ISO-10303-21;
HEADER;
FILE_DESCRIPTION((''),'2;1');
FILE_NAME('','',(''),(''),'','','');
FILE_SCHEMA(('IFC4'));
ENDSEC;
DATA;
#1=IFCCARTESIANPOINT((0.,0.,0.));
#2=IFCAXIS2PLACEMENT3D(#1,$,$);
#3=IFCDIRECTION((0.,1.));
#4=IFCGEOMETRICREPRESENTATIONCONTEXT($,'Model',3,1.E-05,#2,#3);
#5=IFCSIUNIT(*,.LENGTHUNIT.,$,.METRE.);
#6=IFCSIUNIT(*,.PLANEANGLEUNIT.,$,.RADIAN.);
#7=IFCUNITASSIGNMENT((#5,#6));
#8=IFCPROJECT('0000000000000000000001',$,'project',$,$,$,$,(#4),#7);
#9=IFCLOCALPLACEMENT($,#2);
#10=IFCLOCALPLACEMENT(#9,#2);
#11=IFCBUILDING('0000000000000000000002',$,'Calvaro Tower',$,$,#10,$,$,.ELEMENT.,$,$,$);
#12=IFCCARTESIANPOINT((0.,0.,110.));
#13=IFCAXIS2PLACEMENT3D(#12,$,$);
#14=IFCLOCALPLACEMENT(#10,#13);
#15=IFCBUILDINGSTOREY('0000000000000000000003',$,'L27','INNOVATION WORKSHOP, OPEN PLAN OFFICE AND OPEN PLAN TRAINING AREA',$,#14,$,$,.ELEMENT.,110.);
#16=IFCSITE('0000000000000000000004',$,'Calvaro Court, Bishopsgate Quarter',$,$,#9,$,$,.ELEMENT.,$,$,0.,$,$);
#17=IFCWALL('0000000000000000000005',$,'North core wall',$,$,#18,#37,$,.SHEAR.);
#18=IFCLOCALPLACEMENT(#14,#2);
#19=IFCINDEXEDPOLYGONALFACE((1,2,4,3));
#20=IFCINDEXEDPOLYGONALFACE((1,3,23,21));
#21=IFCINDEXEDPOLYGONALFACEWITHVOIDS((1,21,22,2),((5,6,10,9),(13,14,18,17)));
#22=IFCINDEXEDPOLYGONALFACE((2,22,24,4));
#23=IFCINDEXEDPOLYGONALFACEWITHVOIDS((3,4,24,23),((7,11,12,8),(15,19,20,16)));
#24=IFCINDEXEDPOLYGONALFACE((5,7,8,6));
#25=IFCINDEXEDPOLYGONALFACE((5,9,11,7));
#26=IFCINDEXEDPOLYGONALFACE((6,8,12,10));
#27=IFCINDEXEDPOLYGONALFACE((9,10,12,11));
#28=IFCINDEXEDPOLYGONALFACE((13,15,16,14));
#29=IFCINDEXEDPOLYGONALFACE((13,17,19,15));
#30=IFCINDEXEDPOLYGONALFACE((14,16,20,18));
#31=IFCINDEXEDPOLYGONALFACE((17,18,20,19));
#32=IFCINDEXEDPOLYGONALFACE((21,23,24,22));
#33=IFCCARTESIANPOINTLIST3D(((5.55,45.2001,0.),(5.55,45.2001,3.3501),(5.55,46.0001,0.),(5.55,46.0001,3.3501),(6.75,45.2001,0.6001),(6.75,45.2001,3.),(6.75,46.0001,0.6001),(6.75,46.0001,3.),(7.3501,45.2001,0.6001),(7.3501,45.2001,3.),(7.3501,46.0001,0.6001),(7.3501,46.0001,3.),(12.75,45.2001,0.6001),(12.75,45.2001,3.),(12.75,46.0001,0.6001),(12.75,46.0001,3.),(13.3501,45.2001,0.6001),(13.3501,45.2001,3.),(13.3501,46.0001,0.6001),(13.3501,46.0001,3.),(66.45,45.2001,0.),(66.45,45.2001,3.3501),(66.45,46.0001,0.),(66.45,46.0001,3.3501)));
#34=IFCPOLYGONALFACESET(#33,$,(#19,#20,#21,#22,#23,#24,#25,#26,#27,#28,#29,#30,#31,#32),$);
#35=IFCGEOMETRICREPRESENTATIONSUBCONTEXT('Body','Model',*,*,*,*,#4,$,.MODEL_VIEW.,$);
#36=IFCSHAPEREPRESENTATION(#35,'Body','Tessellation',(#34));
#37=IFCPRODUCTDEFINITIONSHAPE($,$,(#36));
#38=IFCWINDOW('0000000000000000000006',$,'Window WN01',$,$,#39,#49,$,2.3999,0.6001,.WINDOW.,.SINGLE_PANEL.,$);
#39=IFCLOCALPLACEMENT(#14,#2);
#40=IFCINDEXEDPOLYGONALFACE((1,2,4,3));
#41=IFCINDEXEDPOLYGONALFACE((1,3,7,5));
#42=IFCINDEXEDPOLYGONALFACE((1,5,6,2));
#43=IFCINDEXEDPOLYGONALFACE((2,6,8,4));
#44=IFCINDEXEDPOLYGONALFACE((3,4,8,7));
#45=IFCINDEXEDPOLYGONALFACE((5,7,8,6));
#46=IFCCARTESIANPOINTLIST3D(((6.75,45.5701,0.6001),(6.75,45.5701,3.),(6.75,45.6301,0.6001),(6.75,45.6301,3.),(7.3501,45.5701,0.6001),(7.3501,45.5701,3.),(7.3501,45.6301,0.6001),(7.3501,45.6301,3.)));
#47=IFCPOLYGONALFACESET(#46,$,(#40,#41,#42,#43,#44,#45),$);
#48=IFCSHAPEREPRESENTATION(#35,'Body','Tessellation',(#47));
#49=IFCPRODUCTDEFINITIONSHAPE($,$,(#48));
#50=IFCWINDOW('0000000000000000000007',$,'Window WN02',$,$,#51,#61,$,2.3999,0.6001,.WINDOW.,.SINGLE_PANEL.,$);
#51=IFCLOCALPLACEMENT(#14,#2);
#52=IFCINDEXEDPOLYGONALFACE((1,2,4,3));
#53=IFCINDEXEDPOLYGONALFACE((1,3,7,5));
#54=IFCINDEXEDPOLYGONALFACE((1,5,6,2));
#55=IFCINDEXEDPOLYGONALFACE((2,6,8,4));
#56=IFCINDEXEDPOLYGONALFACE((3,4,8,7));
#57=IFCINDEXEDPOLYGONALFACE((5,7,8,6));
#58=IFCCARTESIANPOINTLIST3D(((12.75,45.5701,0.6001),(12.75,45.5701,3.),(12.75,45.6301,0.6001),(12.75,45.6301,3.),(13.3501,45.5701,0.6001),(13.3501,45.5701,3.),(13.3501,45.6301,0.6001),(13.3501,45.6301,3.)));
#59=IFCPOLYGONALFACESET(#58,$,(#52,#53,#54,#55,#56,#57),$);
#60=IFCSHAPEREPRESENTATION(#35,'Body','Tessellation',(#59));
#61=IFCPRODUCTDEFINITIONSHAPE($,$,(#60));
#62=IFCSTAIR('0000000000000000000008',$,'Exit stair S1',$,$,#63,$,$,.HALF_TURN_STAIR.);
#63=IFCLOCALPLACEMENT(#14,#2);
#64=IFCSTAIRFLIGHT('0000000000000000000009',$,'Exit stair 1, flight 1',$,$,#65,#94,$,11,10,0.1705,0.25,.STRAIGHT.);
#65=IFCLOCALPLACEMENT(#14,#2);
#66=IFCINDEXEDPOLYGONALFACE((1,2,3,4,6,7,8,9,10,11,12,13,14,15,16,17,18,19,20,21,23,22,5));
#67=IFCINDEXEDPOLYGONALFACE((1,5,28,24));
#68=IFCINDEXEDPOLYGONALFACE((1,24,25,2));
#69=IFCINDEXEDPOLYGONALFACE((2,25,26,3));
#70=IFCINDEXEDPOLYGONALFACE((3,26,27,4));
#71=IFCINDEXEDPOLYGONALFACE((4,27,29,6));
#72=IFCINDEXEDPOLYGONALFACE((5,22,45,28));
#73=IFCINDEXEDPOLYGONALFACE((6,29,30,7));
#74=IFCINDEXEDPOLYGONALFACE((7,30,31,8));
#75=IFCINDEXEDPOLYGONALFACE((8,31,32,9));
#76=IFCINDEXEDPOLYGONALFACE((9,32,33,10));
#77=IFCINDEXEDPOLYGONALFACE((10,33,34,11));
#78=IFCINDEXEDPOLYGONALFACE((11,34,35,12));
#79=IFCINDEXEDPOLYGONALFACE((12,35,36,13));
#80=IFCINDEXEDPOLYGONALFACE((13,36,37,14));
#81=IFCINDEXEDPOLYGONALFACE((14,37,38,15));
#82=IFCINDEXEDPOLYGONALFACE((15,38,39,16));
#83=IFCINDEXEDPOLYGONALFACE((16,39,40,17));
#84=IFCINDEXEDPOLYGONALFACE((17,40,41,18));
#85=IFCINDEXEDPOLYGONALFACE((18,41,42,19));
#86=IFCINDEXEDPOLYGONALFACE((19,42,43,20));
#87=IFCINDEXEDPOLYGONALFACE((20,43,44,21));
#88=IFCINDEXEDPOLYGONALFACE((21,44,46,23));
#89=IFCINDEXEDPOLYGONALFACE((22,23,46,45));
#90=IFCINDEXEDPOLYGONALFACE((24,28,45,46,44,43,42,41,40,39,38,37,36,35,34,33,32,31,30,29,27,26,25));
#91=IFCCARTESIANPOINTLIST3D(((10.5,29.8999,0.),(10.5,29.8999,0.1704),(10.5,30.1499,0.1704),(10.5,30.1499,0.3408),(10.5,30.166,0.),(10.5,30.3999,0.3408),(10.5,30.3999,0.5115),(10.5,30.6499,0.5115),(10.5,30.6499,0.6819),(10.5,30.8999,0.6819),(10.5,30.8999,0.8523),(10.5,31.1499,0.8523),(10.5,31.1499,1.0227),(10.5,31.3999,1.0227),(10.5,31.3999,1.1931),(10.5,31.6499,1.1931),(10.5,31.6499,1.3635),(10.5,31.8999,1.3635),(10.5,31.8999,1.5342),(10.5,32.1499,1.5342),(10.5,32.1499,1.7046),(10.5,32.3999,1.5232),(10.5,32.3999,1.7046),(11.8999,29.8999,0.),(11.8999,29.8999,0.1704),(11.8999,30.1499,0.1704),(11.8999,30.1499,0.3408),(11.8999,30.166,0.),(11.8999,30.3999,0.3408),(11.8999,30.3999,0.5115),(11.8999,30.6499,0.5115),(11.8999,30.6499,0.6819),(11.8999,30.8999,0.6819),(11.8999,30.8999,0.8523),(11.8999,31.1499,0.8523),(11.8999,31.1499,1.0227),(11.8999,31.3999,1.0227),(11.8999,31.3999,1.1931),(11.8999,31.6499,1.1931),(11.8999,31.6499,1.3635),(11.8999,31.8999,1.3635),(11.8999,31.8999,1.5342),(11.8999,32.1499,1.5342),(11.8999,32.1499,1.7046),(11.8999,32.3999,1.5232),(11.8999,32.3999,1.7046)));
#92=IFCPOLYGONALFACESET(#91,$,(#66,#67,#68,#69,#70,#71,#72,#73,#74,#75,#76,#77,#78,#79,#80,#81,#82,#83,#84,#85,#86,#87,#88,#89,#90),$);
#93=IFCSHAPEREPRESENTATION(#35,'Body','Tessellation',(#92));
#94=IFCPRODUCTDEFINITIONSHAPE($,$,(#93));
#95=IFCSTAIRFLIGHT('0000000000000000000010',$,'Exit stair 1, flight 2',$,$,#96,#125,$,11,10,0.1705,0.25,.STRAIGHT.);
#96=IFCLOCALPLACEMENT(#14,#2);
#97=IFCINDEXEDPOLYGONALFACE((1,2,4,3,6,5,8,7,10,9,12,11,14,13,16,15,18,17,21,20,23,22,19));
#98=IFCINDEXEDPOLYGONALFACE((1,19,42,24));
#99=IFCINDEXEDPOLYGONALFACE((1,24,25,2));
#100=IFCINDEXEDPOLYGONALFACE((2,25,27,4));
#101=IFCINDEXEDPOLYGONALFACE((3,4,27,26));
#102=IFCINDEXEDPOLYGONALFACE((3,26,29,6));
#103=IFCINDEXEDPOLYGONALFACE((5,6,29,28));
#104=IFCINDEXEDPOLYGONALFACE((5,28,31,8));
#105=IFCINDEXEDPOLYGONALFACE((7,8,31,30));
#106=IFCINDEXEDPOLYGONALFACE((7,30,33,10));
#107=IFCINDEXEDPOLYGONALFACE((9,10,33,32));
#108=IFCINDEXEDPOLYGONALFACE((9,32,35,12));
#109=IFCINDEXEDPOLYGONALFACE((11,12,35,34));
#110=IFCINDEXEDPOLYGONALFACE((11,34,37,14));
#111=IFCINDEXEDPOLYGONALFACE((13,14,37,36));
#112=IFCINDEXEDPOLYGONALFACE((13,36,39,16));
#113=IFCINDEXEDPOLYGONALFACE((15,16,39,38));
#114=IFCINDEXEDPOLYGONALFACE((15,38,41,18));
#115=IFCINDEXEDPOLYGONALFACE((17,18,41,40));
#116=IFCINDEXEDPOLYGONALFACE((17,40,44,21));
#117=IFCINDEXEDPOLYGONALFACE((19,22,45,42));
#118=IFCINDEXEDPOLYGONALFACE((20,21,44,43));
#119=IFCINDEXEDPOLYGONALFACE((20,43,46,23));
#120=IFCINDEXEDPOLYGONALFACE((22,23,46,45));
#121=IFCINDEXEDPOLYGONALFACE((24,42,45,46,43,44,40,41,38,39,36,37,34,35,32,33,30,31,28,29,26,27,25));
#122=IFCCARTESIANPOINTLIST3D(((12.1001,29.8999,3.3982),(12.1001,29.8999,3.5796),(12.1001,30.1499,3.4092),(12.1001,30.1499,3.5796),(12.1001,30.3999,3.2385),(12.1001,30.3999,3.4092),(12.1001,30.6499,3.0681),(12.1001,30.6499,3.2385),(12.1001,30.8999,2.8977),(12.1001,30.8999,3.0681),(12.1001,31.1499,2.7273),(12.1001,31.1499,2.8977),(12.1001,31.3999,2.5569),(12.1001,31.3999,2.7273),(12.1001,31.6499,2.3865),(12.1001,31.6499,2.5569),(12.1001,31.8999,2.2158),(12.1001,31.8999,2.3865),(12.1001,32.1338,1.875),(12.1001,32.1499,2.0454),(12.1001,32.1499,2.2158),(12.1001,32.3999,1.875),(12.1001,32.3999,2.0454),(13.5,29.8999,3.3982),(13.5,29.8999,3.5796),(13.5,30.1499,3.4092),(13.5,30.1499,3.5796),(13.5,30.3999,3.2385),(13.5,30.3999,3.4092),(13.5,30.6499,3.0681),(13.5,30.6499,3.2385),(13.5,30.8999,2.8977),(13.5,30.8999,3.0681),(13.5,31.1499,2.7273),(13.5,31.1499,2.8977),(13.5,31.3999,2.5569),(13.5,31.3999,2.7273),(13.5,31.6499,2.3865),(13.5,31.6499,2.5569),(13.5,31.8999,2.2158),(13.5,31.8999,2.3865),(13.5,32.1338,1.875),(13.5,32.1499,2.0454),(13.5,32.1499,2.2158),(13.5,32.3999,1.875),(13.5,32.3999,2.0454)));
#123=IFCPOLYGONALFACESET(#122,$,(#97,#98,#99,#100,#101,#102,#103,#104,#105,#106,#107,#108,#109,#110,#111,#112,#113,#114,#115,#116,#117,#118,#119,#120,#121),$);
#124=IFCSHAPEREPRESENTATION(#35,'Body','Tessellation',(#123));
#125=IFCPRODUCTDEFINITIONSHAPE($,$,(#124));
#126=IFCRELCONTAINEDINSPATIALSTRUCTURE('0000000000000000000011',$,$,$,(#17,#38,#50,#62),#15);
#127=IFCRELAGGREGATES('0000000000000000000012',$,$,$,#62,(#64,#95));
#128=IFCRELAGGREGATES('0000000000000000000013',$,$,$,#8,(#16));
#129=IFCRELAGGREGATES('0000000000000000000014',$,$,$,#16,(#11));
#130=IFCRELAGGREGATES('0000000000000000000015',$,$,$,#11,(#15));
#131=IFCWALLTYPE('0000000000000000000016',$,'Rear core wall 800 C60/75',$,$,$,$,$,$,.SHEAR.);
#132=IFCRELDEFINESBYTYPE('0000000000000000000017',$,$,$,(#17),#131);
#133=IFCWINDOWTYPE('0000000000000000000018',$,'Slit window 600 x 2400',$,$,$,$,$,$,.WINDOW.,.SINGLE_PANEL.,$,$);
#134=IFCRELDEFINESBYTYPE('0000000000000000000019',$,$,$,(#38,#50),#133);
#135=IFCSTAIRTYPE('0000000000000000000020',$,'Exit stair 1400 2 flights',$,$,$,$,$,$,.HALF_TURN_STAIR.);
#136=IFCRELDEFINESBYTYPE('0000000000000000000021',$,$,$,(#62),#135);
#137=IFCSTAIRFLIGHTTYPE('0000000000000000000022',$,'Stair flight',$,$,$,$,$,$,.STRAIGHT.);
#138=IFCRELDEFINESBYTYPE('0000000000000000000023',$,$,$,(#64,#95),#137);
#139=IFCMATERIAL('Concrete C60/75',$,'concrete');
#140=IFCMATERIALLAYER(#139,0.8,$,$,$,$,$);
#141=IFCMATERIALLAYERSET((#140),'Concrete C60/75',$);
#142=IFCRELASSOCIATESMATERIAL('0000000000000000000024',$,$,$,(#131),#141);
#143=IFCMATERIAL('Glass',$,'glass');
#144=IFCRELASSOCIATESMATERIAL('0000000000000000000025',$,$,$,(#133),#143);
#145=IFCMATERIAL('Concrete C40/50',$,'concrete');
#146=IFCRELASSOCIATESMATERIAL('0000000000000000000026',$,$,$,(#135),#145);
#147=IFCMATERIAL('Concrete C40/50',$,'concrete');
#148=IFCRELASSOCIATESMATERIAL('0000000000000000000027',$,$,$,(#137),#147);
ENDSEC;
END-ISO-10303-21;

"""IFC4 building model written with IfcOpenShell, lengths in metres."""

from ifc_helpers import new_model, si_unit, direction, frame, frame_2d, origin, place, context, subcontext, project, spatial, polyline, rectangle, outline, extrude, material, layer, layer_set, type_object, element, fill, aggregate, save


model = new_model("IFC4")

# Units and contexts
model_context = context("Model", 3, precision=1e-05, world=origin(), true_north=direction((0.0, 1.0)))
body_context = subcontext(model_context, "Body", "Model", "MODEL_VIEW")
ifc_project = project(units=[si_unit("LENGTHUNIT", "METRE"), si_unit("PLANEANGLEUNIT", "RADIAN")], contexts=[model_context])

# Site, building, storey
site_placement = place(None, origin())
site = spatial("IfcSite", under=ifc_project, at=site_placement, Name="Calvaro Court, Bishopsgate Quarter", CompositionType="ELEMENT", RefElevation=0.0)
building_placement = place(site_placement, origin())
building = spatial("IfcBuilding", under=site, at=building_placement, Name="Calvaro Tower", CompositionType="ELEMENT")
storey_placement = place(building_placement, frame((0.0, 0.0, 110.0)))
storey = spatial("IfcBuildingStorey", under=building, at=storey_placement, Name="L27", Description="INNOVATION WORKSHOP, OPEN PLAN OFFICE AND OPEN PLAN TRAINING AREA", CompositionType="ELEMENT", Elevation=110.0)

# Wall, openings, windows
ifc_material_1 = material(Name="Concrete C60/75", Category="concrete")
ifc_layer_1 = layer(ifc_material_1, 0.8)
ifc_layer_set_1 = layer_set([ifc_layer_1], Name="Concrete C60/75")
wall_type_1 = type_object("IfcWallType", Name="Rear core wall 800 C60/75", PredefinedType="SHEAR", material=ifc_layer_set_1)
wall_1_placement = place(storey_placement, frame((5.55, 45.6001, 0.0), z_axis=(0.0, 0.0, 1.0), x_axis=(1.0, 0.0, 0.0)))
wall_1 = element("IfcWall", 1, at=wall_1_placement, inside=storey, type_object=wall_type_1, Name="North core wall", PredefinedType="SHEAR", context=body_context, shape_type="SweptSolid", body=[
    extrude(rectangle(XDim=60.8999, YDim=0.8, at=frame_2d((30.45, 0.0))), origin(), (0.0, 0.0, 1.0), 3.3501),
])
opening_1_placement = place(wall_1_placement, frame((1.2, 0.0, 0.6001)))
opening_1 = element("IfcOpeningElement", 2, at=opening_1_placement, cuts=wall_1, PredefinedType="OPENING", context=body_context, shape_type="SweptSolid", body=[
    extrude(rectangle(XDim=0.6001, YDim=2.3999, at=frame_2d((0.3, 1.2))), frame((0.0, 0.4099, 0.0), z_axis=(0.0, -1.0, 0.0), x_axis=(1.0, 0.0, 0.0)), (0.0, 0.0, 1.0), 0.8201),
])
opening_2_placement = place(wall_1_placement, frame((7.2, 0.0, 0.6001)))
opening_2 = element("IfcOpeningElement", 3, at=opening_2_placement, cuts=wall_1, PredefinedType="OPENING", context=body_context, shape_type="SweptSolid", body=[
    extrude(rectangle(XDim=0.6001, YDim=2.3999, at=frame_2d((0.3, 1.2))), frame((0.0, 0.4099, 0.0), z_axis=(0.0, -1.0, 0.0), x_axis=(1.0, 0.0, 0.0)), (0.0, 0.0, 1.0), 0.8201),
])
ifc_material_2 = material(Name="Glass", Category="glass")
window_type = type_object("IfcWindowType", Name="Slit window 600 x 2400", PartitioningType="SINGLE_PANEL", PredefinedType="WINDOW", material=ifc_material_2)
window_1_placement = place(opening_1_placement, origin())
window_1 = element("IfcWindow", 4, at=window_1_placement, inside=storey, type_object=window_type, Name="Window WN01", OverallHeight=2.3999, OverallWidth=0.6001, PartitioningType="SINGLE_PANEL", PredefinedType="WINDOW", context=body_context, shape_type="SweptSolid", body=[
    extrude(rectangle(XDim=0.6001, YDim=2.3999, at=frame_2d((0.3, 1.2))), frame((0.0, 0.03, 0.0), z_axis=(0.0, -1.0, 0.0), x_axis=(1.0, 0.0, 0.0)), (0.0, 0.0, 1.0), 0.0601),
])
fill(opening_1, window_1)
window_2_placement = place(opening_2_placement, origin())
window_2 = element("IfcWindow", 5, at=window_2_placement, inside=storey, type_object=window_type, Name="Window WN02", OverallHeight=2.3999, OverallWidth=0.6001, PartitioningType="SINGLE_PANEL", PredefinedType="WINDOW", context=body_context, shape_type="SweptSolid", body=[
    extrude(rectangle(XDim=0.6001, YDim=2.3999, at=frame_2d((0.3, 1.2))), frame((0.0, 0.03, 0.0), z_axis=(0.0, -1.0, 0.0), x_axis=(1.0, 0.0, 0.0)), (0.0, 0.0, 1.0), 0.0601),
])
fill(opening_2, window_2)

# Stair, stair flights
ifc_material_3 = material(Name="Concrete C40/50", Category="concrete")
stair_type = type_object("IfcStairType", Name="Exit stair 1400 2 flights", PredefinedType="HALF_TURN_STAIR", material=ifc_material_3)
stair_placement = place(storey_placement, origin())
stair = element("IfcStair", 6, at=stair_placement, inside=storey, type_object=stair_type, Name="Exit stair S1", PredefinedType="HALF_TURN_STAIR")
ifc_material_4 = material(Name="Concrete C40/50", Category="concrete")
stair_flight_type = type_object("IfcStairFlightType", Name="Stair flight", PredefinedType="STRAIGHT", material=ifc_material_4)
stair_flight_1_placement = place(storey_placement, frame((11.2, 29.8999, 0.0), z_axis=(0.0, 0.0, 1.0), x_axis=(0.0, 1.0, 0.0)))
stair_flight_1 = element("IfcStairFlight", 7, at=stair_flight_1_placement, type_object=stair_flight_type, Name="Exit stair 1, flight 1", NumberOfRisers=11, NumberOfTreads=10, PredefinedType="STRAIGHT", RiserHeight=0.1705, TreadLength=0.25, context=body_context, shape_type="SweptSolid", body=[
    extrude(outline(polyline([(0.0, 0.0), (0.0, 0.1704), (0.25, 0.1704), (0.25, 0.3408), (0.5, 0.3408), (0.5, 0.5115), (0.75, 0.5115), (0.75, 0.6819), (1.0, 0.6819), (1.0, 0.8523), (1.25, 0.8523), (1.25, 1.0227), (1.5, 1.0227), (1.5, 1.1931), (1.75, 1.1931), (1.75, 1.3635), (2.0, 1.3635), (2.0, 1.5342), (2.25, 1.5342), (2.25, 1.7046), (2.5, 1.7046), (2.5, 1.875), (2.5, 1.5232), (0.2661, 0.0), (0.0, 0.0)])), frame((0.0, 0.7, 0.0), z_axis=(0.0, -1.0, 0.0), x_axis=(1.0, 0.0, 0.0)), (0.0, 0.0, 1.0), 1.3999),
])
stair_flight_2_placement = place(storey_placement, frame((12.8, 32.3999, 1.875), z_axis=(0.0, 0.0, 1.0), x_axis=(0.0, -1.0, 0.0)))
stair_flight_2 = element("IfcStairFlight", 8, at=stair_flight_2_placement, type_object=stair_flight_type, Name="Exit stair 1, flight 2", NumberOfRisers=11, NumberOfTreads=10, PredefinedType="STRAIGHT", RiserHeight=0.1705, TreadLength=0.25, context=body_context, shape_type="SweptSolid", body=[
    extrude(outline(polyline([(0.0, 0.0), (0.0, 0.1704), (0.25, 0.1704), (0.25, 0.3408), (0.5, 0.3408), (0.5, 0.5115), (0.75, 0.5115), (0.75, 0.6819), (1.0, 0.6819), (1.0, 0.8523), (1.25, 0.8523), (1.25, 1.0227), (1.5, 1.0227), (1.5, 1.1931), (1.75, 1.1931), (1.75, 1.3635), (2.0, 1.3635), (2.0, 1.5342), (2.25, 1.5342), (2.25, 1.7046), (2.5, 1.7046), (2.5, 1.875), (2.5, 1.5232), (0.2661, 0.0), (0.0, 0.0)])), frame((0.0, 0.7, 0.0), z_axis=(0.0, -1.0, 0.0), x_axis=(1.0, 0.0, 0.0)), (0.0, 0.0, 1.0), 1.3999),
])
aggregate(stair, [stair_flight_1, stair_flight_2])

save(model, "model.ifc")
